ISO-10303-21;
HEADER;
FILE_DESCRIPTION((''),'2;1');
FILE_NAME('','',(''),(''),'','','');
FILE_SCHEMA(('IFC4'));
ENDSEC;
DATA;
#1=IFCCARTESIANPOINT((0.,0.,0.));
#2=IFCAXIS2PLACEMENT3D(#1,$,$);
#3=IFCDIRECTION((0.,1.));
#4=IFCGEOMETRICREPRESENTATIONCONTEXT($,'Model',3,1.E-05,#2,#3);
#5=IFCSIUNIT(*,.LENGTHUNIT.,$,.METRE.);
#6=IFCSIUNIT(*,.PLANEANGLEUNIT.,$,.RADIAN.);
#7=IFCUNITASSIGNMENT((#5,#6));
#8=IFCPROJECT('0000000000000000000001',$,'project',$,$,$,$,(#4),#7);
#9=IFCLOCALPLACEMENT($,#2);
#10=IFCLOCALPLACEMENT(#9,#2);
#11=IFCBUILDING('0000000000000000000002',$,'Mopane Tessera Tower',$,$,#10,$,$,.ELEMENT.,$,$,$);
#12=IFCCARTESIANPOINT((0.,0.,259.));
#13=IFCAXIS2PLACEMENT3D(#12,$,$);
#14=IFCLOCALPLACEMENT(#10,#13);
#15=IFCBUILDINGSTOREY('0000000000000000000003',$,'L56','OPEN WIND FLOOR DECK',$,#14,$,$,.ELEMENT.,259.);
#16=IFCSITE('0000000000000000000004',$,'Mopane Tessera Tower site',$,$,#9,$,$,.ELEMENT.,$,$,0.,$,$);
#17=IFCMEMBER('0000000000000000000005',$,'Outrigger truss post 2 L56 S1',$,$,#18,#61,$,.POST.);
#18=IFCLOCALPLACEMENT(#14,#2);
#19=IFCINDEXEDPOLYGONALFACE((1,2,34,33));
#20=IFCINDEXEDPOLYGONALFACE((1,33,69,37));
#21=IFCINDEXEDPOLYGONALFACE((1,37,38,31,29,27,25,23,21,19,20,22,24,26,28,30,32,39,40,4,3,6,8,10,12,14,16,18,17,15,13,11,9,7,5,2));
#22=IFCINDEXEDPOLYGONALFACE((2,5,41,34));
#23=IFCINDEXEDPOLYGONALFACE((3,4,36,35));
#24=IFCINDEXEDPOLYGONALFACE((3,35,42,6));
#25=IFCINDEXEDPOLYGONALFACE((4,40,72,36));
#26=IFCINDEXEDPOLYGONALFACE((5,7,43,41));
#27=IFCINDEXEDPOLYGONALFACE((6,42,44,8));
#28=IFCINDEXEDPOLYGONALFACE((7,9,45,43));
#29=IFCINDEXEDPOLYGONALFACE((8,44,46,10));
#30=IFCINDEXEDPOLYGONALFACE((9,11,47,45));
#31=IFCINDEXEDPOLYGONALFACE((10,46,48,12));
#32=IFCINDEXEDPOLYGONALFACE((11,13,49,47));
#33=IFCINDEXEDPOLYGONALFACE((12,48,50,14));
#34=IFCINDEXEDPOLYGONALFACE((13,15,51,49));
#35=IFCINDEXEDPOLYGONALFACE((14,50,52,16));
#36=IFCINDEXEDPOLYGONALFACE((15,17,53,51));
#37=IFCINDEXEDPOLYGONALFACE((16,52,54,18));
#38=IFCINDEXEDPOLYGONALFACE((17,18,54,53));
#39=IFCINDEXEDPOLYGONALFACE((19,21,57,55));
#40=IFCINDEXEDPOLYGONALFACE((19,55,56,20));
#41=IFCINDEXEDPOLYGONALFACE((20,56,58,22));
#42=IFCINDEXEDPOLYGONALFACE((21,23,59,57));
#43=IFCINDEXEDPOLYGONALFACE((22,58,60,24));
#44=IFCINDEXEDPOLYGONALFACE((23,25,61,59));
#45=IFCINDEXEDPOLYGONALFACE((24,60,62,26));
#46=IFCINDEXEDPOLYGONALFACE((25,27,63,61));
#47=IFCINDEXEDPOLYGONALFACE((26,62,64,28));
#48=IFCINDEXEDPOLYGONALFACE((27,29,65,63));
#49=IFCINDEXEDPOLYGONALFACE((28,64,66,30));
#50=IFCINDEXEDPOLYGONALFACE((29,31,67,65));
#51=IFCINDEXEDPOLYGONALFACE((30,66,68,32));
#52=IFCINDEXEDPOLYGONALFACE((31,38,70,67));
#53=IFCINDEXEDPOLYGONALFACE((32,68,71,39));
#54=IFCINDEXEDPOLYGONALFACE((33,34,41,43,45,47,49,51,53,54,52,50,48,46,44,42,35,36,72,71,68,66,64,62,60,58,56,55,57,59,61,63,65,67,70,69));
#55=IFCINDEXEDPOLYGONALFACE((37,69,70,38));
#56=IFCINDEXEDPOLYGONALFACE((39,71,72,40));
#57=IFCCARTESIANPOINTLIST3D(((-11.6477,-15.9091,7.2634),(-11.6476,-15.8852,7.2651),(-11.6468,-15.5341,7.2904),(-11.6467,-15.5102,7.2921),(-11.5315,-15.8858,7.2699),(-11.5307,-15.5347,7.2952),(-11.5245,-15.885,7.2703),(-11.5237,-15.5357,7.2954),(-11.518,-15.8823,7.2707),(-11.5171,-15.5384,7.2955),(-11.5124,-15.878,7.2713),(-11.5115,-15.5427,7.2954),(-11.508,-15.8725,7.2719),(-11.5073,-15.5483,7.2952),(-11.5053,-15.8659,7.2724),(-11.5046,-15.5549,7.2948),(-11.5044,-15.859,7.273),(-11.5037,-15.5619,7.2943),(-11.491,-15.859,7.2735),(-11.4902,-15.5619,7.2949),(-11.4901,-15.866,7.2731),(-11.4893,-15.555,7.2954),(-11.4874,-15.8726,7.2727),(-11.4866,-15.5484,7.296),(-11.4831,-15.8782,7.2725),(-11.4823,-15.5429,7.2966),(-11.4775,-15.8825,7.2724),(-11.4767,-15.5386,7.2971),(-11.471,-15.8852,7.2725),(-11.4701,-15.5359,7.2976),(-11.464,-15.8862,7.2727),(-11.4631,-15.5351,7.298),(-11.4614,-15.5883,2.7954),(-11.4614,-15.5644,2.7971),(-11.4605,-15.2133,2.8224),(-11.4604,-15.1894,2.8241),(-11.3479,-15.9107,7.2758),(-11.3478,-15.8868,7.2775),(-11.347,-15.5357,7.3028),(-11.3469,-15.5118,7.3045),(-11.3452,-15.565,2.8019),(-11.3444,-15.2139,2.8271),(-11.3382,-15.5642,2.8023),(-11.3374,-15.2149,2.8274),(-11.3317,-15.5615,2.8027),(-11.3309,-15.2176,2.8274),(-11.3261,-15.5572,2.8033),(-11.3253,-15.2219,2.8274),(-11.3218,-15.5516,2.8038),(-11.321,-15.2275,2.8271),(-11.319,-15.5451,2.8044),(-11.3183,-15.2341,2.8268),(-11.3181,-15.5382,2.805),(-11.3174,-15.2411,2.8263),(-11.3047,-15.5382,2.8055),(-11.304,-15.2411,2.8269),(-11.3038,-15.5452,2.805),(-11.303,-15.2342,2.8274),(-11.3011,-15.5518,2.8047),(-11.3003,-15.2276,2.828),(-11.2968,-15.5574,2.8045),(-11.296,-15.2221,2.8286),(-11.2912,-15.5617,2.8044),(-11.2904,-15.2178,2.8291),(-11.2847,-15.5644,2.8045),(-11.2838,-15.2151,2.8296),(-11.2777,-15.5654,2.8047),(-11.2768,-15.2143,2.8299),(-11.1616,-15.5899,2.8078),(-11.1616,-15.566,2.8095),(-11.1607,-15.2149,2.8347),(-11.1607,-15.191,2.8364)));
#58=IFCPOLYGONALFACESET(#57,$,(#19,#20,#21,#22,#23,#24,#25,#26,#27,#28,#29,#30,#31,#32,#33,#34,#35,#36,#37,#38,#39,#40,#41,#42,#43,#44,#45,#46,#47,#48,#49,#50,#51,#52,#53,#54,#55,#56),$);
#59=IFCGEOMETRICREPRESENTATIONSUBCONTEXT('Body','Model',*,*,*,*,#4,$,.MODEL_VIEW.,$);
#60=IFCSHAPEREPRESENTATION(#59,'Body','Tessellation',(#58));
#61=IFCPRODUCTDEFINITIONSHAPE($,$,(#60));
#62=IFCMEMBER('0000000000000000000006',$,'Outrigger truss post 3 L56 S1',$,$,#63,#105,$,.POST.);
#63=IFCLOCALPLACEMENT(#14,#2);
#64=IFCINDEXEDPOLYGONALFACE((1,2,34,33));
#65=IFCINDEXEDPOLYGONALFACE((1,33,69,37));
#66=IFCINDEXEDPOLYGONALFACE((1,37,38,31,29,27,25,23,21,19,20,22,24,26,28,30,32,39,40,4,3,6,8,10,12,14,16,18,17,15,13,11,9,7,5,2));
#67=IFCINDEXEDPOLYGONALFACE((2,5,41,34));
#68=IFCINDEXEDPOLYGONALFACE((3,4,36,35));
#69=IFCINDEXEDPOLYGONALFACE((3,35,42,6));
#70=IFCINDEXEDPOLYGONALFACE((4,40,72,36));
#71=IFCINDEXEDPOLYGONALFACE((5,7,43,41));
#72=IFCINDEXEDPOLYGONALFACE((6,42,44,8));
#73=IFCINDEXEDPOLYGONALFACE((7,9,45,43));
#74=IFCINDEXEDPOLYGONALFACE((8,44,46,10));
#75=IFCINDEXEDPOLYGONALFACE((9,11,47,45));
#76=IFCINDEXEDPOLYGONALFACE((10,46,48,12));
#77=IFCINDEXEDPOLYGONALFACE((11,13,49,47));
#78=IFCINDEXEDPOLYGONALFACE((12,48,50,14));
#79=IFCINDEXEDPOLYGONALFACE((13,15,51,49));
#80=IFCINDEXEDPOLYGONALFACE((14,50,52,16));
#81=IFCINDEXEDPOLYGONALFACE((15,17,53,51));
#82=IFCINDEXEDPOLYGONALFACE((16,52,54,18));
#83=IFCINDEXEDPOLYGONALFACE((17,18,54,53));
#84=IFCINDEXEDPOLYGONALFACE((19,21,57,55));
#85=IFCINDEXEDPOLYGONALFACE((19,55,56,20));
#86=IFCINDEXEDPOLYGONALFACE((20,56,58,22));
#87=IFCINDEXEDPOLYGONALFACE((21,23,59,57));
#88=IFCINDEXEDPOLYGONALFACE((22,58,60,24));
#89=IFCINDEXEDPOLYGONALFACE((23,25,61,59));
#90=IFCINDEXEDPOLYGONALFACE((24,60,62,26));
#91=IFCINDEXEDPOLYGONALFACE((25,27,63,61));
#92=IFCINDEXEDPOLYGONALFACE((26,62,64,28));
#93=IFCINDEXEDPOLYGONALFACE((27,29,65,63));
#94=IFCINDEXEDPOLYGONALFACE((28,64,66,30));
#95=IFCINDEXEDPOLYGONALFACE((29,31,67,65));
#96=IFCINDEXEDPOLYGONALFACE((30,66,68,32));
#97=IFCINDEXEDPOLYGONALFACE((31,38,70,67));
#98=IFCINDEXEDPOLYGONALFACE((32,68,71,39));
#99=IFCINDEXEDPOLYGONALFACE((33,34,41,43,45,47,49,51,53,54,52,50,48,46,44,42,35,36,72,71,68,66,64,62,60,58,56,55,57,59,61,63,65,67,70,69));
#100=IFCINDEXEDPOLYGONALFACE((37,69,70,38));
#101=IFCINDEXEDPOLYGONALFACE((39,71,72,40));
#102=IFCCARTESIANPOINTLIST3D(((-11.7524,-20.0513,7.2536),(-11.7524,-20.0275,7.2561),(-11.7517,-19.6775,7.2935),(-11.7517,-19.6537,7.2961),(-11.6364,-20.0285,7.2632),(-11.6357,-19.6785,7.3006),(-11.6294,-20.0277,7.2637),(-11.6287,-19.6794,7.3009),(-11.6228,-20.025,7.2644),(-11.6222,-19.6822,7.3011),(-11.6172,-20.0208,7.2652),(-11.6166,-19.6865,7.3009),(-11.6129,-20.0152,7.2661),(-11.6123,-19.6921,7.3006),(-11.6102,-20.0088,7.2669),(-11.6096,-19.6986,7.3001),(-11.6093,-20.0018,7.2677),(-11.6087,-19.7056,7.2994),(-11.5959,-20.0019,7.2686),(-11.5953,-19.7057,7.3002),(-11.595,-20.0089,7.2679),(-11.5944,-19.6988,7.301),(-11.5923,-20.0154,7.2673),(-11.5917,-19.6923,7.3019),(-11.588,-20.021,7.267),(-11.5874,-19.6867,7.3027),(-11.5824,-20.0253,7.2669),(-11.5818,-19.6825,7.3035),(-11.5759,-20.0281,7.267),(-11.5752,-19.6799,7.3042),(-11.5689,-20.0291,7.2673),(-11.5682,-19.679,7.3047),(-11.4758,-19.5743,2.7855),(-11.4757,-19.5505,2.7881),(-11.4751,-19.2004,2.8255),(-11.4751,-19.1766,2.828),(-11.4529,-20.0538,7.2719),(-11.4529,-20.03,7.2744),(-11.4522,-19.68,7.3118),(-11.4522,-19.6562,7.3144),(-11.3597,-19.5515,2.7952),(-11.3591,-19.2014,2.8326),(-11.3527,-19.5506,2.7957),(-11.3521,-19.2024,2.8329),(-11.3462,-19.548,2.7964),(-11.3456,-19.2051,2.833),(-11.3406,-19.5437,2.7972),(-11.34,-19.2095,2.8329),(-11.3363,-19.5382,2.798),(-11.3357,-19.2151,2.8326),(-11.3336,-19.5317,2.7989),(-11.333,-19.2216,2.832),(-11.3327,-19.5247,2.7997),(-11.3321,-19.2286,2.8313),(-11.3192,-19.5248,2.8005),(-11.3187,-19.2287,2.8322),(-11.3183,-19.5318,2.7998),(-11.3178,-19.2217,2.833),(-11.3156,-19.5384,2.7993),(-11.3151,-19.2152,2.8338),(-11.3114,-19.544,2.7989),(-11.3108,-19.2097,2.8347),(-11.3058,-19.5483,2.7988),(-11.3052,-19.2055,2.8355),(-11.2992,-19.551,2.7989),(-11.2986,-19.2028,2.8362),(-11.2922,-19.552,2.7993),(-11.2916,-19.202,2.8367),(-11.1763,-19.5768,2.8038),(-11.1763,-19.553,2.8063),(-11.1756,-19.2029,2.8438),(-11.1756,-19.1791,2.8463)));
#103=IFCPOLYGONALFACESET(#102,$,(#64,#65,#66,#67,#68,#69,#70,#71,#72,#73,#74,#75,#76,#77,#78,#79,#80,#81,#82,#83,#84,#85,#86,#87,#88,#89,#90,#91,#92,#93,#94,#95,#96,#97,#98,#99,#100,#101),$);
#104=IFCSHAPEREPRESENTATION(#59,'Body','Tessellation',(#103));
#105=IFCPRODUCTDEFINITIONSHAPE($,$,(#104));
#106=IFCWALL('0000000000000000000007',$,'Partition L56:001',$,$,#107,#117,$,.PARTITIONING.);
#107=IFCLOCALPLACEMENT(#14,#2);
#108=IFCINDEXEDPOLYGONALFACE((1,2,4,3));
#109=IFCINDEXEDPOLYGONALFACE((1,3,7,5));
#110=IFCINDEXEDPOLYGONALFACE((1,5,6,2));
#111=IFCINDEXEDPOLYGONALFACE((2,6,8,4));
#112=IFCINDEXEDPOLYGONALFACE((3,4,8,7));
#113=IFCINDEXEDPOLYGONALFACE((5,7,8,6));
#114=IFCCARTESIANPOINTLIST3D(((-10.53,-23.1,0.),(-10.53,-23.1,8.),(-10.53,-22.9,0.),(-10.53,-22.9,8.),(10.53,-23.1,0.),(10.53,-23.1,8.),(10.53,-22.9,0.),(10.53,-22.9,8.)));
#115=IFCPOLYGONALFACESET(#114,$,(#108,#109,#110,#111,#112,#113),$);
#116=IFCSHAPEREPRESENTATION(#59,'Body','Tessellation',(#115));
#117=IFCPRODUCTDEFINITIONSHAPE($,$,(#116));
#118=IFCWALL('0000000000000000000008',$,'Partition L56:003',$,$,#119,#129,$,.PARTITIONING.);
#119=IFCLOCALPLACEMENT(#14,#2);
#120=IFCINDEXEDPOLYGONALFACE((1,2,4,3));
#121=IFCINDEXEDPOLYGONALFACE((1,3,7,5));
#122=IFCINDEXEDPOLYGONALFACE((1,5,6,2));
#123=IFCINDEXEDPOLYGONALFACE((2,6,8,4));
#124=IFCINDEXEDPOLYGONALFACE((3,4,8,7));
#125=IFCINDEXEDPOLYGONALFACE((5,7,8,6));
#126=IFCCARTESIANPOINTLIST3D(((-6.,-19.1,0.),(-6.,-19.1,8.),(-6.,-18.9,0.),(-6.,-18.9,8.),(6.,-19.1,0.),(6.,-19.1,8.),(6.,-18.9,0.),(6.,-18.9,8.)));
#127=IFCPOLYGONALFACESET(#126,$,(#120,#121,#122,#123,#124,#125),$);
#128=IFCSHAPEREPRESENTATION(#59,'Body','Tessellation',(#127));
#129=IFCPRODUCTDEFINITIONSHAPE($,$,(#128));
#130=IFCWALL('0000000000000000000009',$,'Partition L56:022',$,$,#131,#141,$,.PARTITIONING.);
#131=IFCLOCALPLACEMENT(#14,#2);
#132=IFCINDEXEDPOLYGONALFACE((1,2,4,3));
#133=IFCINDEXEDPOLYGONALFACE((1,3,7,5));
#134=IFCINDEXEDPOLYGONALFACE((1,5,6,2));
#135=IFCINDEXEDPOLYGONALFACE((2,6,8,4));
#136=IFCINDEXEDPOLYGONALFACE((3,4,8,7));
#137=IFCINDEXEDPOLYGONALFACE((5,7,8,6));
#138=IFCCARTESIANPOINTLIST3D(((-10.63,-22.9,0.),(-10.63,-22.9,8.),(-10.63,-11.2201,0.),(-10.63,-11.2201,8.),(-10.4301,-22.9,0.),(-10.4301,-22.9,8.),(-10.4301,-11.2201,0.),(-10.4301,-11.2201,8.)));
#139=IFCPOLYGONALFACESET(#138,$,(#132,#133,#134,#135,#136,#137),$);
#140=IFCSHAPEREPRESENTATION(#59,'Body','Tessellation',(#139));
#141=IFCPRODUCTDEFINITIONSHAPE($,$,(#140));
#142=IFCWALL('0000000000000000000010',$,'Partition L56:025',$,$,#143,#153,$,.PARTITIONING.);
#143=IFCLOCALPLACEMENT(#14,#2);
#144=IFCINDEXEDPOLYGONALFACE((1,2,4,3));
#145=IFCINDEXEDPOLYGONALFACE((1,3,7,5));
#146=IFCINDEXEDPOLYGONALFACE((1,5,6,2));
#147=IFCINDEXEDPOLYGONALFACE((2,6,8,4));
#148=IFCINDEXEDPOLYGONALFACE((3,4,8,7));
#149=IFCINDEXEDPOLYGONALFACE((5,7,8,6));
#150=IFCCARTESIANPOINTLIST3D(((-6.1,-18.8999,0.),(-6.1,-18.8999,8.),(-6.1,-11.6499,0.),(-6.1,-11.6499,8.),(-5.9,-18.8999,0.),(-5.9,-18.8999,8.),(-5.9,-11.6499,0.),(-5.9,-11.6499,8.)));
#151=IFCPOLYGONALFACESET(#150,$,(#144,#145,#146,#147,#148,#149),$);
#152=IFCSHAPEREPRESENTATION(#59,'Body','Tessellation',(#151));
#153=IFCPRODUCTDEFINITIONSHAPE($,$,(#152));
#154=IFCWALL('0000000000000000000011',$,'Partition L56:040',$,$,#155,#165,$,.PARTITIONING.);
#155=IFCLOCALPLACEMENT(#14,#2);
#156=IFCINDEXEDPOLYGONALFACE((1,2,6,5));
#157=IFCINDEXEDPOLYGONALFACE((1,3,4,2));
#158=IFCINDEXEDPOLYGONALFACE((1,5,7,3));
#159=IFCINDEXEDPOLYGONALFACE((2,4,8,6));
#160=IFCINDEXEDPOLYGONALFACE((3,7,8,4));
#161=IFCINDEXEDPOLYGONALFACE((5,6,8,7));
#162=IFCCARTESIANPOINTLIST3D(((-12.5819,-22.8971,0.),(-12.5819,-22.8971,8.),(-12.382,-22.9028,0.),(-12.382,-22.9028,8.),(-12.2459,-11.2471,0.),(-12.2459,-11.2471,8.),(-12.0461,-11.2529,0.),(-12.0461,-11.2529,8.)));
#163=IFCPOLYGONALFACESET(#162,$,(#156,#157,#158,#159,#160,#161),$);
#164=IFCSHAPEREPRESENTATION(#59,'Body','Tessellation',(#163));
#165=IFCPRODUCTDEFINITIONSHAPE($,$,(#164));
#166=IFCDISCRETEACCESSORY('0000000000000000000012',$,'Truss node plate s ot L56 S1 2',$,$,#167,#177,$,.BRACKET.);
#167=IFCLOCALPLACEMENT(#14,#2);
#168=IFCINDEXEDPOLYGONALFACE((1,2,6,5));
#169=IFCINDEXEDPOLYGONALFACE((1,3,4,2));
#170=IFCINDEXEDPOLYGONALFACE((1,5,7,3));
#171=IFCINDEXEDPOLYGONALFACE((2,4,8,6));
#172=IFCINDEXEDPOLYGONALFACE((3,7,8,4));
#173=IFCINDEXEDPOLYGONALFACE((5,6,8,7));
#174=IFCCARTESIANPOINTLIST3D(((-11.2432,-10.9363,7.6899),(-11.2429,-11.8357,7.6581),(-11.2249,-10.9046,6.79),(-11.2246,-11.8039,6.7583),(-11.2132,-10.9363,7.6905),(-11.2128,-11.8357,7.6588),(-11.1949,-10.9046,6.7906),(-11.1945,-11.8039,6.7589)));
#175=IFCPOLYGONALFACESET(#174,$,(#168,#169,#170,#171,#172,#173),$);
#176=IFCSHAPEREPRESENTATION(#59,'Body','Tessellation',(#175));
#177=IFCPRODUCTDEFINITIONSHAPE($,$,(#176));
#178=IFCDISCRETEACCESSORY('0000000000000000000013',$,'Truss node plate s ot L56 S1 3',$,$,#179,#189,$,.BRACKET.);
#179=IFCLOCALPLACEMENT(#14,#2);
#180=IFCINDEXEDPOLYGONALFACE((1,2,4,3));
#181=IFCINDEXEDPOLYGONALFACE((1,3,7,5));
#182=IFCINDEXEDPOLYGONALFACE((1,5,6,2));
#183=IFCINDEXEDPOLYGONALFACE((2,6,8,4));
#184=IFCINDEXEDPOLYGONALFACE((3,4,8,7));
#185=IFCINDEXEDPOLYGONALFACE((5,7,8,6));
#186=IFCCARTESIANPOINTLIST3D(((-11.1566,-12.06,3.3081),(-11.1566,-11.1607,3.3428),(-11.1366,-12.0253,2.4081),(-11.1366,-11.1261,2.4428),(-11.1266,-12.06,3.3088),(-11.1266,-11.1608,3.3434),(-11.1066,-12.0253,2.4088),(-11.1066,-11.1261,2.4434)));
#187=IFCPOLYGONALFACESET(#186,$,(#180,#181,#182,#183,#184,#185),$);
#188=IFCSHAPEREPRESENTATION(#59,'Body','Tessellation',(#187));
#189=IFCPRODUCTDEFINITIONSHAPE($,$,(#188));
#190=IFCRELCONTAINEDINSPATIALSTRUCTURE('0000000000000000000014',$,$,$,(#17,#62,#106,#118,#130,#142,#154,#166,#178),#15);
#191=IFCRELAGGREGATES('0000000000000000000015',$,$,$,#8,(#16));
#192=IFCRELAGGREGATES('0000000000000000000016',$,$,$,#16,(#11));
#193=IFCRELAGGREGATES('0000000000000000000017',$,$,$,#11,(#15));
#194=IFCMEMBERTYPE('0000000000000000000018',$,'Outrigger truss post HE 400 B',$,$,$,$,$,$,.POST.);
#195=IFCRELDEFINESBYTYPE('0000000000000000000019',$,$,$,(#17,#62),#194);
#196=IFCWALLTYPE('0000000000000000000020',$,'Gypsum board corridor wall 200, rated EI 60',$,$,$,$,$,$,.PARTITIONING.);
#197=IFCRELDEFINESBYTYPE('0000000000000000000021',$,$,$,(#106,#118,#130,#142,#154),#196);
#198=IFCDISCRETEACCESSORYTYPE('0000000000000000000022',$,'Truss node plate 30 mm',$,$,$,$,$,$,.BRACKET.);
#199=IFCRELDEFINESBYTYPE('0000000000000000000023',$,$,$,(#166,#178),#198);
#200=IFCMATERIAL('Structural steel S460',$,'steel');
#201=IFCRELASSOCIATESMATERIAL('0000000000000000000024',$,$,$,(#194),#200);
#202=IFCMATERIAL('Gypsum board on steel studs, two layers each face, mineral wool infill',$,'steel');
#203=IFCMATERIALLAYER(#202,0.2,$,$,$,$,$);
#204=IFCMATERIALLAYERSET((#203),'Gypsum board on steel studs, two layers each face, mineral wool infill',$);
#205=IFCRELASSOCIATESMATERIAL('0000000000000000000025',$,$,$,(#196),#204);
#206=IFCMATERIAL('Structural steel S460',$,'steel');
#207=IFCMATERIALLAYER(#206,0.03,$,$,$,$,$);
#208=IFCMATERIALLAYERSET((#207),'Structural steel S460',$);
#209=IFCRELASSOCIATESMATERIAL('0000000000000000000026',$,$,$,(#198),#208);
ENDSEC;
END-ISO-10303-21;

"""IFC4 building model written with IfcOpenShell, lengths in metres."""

from ifc_helpers import new_model, si_unit, direction, frame, frame_2d, origin, origin_2d, place, context, subcontext, project, spatial, rectangle, i_section, extrude, material, layer, layer_set, material_profile, profile_set, type_object, element, save


model = new_model("IFC4")

# Units and contexts
model_context = context("Model", 3, precision=1e-05, world=origin(), true_north=direction((0.0, 1.0)))
body_context = subcontext(model_context, "Body", "Model", "MODEL_VIEW")
ifc_project = project(units=[si_unit("LENGTHUNIT", "METRE"), si_unit("PLANEANGLEUNIT", "RADIAN")], contexts=[model_context])

# Site, building, storey
site_placement = place(None, origin())
site = spatial("IfcSite", under=ifc_project, at=site_placement, Name="Mopane Tessera Tower site", CompositionType="ELEMENT", RefElevation=0.0)
building_placement = place(site_placement, origin())
building = spatial("IfcBuilding", under=site, at=building_placement, Name="Mopane Tessera Tower", CompositionType="ELEMENT")
storey_placement = place(building_placement, frame((0.0, 0.0, 259.0)))
storey = spatial("IfcBuildingStorey", under=building, at=storey_placement, Name="L56", Description="OPEN WIND FLOOR DECK", CompositionType="ELEMENT", Elevation=259.0)

# Members
ifc_material_1 = material(Name="Structural steel S460", Category="steel")
ifc_material_profile_1 = material_profile(ifc_material_1, i_section(OverallWidth=0.3, OverallDepth=0.3999, WebThickness=0.0134, FlangeThickness=0.0239, FilletRadius=0.0271, at=origin_2d()))
ifc_profile_set_1 = profile_set([ifc_material_profile_1], Name="Structural steel S460")
member_type_1 = type_object("IfcMemberType", Name="Outrigger truss post HE 400 B", PredefinedType="POST", material=ifc_profile_set_1)
member_1_placement = place(storey_placement, frame((-11.311, -15.3896, 2.8159), z_axis=(-0.041549, -0.071553, 0.996571), x_axis=(0.999134, -0.00538, 0.041269)))
element("IfcMember", 1, at=member_1_placement, inside=storey, type_object=member_type_1, Name="Outrigger truss post 2 L56 S1", PredefinedType="POST", context=body_context, shape_type="SweptSolid", body=[
    extrude(i_section(OverallWidth=0.3, OverallDepth=0.3999, WebThickness=0.0134, FlangeThickness=0.0239, FilletRadius=0.0271, at=origin_2d()), origin(), (0.0, 0.0, 1.0), 4.4834),
])
member_2_placement = place(storey_placement, frame((-11.3257, -19.3767, 2.8159), z_axis=(-0.061443, -0.105966, 0.99247), x_axis=(0.998109, -0.008299, 0.060906)))
element("IfcMember", 2, at=member_2_placement, inside=storey, type_object=member_type_1, Name="Outrigger truss post 3 L56 S1", PredefinedType="POST", context=body_context, shape_type="SweptSolid", body=[
    extrude(i_section(OverallWidth=0.3, OverallDepth=0.3999, WebThickness=0.0134, FlangeThickness=0.0239, FilletRadius=0.0271, at=origin_2d()), origin(), (0.0, 0.0, 1.0), 4.502),
])

# Walls
ifc_material_2 = material(Name="Gypsum board on steel studs, two layers each face, mineral wool infill", Category="steel")
ifc_layer_1 = layer(ifc_material_2, 0.2)
ifc_layer_set_1 = layer_set([ifc_layer_1], Name="Gypsum board on steel studs, two layers each face, mineral wool infill")
wall_type = type_object("IfcWallType", Name="Gypsum board corridor wall 200, rated EI 60", PredefinedType="PARTITIONING", material=ifc_layer_set_1)
wall_1_placement = place(storey_placement, frame((-10.53, -23.0, 0.0), z_axis=(0.0, 0.0, 1.0), x_axis=(1.0, 0.0, 0.0)))
element("IfcWall", 3, at=wall_1_placement, inside=storey, type_object=wall_type, Name="Partition L56:001", PredefinedType="PARTITIONING", context=body_context, shape_type="SweptSolid", body=[
    extrude(rectangle(XDim=21.0601, YDim=0.2, at=frame_2d((10.53, 0.0))), origin(), (0.0, 0.0, 1.0), 8.0),
])
wall_2_placement = place(storey_placement, frame((-6.0, -19.0, 0.0), z_axis=(0.0, 0.0, 1.0), x_axis=(1.0, 0.0, 0.0)))
element("IfcWall", 4, at=wall_2_placement, inside=storey, type_object=wall_type, Name="Partition L56:003", PredefinedType="PARTITIONING", context=body_context, shape_type="SweptSolid", body=[
    extrude(rectangle(XDim=12.0, YDim=0.2, at=frame_2d((6.0, 0.0))), origin(), (0.0, 0.0, 1.0), 8.0),
])
wall_3_placement = place(storey_placement, frame((-10.53, -22.8999, 0.0), z_axis=(0.0, 0.0, 1.0), x_axis=(0.0, 1.0, 0.0)))
element("IfcWall", 5, at=wall_3_placement, inside=storey, type_object=wall_type, Name="Partition L56:022", PredefinedType="PARTITIONING", context=body_context, shape_type="SweptSolid", body=[
    extrude(rectangle(XDim=11.6799, YDim=0.2, at=frame_2d((5.8398, 0.0))), origin(), (0.0, 0.0, 1.0), 8.0),
])
wall_4_placement = place(storey_placement, frame((-6.0, -18.8999, 0.0), z_axis=(0.0, 0.0, 1.0), x_axis=(0.0, 1.0, 0.0)))
element("IfcWall", 6, at=wall_4_placement, inside=storey, type_object=wall_type, Name="Partition L56:025", PredefinedType="PARTITIONING", context=body_context, shape_type="SweptSolid", body=[
    extrude(rectangle(XDim=7.25, YDim=0.2, at=frame_2d((3.625, 0.0))), origin(), (0.0, 0.0, 1.0), 8.0),
])
wall_5_placement = place(storey_placement, frame((-12.146, -11.25, 0.0), z_axis=(0.0, 0.0, 1.0), x_axis=(-0.028824, -0.999584, 0.0)))
element("IfcWall", 7, at=wall_5_placement, inside=storey, type_object=wall_type, Name="Partition L56:040", PredefinedType="PARTITIONING", context=body_context, shape_type="SweptSolid", body=[
    extrude(rectangle(XDim=11.6548, YDim=0.2, at=frame_2d((5.8274, 0.0))), origin(), (0.0, 0.0, 1.0), 8.0),
])

# Discrete accessories
ifc_material_3 = material(Name="Structural steel S460", Category="steel")
ifc_layer_2 = layer(ifc_material_3, 0.03)
ifc_layer_set_2 = layer_set([ifc_layer_2], Name="Structural steel S460")
discrete_accessory_type = type_object("IfcDiscreteAccessoryType", Name="Truss node plate 30 mm", PredefinedType="BRACKET", material=ifc_layer_set_2)
discrete_accessory_1_placement = place(storey_placement, frame((-11.2097, -11.3542, 6.7744), z_axis=(-0.02033, -0.035239, 0.999172), x_axis=(0.999793, -0.000325, 0.020332)))
element("IfcDiscreteAccessory", 8, at=discrete_accessory_1_placement, inside=storey, type_object=discrete_accessory_type, Name="Truss node plate s ot L56 S1 2", PredefinedType="BRACKET", context=body_context, shape_type="SweptSolid", body=[
    extrude(rectangle(XDim=0.03, YDim=0.8999, at=origin_2d()), origin(), (0.0, 0.0, 1.0), 0.9006),
])
discrete_accessory_2_placement = place(storey_placement, frame((-11.1216, -11.5757, 2.4258), z_axis=(-0.022224, -0.038486, 0.999012), x_axis=(0.999753, -0.000871, 0.022207)))
element("IfcDiscreteAccessory", 9, at=discrete_accessory_2_placement, inside=storey, type_object=discrete_accessory_type, Name="Truss node plate s ot L56 S1 3", PredefinedType="BRACKET", context=body_context, shape_type="SweptSolid", body=[
    extrude(rectangle(XDim=0.03, YDim=0.8999, at=origin_2d()), origin(), (0.0, 0.0, 1.0), 0.9009),
])

save(model, "model.ifc")
